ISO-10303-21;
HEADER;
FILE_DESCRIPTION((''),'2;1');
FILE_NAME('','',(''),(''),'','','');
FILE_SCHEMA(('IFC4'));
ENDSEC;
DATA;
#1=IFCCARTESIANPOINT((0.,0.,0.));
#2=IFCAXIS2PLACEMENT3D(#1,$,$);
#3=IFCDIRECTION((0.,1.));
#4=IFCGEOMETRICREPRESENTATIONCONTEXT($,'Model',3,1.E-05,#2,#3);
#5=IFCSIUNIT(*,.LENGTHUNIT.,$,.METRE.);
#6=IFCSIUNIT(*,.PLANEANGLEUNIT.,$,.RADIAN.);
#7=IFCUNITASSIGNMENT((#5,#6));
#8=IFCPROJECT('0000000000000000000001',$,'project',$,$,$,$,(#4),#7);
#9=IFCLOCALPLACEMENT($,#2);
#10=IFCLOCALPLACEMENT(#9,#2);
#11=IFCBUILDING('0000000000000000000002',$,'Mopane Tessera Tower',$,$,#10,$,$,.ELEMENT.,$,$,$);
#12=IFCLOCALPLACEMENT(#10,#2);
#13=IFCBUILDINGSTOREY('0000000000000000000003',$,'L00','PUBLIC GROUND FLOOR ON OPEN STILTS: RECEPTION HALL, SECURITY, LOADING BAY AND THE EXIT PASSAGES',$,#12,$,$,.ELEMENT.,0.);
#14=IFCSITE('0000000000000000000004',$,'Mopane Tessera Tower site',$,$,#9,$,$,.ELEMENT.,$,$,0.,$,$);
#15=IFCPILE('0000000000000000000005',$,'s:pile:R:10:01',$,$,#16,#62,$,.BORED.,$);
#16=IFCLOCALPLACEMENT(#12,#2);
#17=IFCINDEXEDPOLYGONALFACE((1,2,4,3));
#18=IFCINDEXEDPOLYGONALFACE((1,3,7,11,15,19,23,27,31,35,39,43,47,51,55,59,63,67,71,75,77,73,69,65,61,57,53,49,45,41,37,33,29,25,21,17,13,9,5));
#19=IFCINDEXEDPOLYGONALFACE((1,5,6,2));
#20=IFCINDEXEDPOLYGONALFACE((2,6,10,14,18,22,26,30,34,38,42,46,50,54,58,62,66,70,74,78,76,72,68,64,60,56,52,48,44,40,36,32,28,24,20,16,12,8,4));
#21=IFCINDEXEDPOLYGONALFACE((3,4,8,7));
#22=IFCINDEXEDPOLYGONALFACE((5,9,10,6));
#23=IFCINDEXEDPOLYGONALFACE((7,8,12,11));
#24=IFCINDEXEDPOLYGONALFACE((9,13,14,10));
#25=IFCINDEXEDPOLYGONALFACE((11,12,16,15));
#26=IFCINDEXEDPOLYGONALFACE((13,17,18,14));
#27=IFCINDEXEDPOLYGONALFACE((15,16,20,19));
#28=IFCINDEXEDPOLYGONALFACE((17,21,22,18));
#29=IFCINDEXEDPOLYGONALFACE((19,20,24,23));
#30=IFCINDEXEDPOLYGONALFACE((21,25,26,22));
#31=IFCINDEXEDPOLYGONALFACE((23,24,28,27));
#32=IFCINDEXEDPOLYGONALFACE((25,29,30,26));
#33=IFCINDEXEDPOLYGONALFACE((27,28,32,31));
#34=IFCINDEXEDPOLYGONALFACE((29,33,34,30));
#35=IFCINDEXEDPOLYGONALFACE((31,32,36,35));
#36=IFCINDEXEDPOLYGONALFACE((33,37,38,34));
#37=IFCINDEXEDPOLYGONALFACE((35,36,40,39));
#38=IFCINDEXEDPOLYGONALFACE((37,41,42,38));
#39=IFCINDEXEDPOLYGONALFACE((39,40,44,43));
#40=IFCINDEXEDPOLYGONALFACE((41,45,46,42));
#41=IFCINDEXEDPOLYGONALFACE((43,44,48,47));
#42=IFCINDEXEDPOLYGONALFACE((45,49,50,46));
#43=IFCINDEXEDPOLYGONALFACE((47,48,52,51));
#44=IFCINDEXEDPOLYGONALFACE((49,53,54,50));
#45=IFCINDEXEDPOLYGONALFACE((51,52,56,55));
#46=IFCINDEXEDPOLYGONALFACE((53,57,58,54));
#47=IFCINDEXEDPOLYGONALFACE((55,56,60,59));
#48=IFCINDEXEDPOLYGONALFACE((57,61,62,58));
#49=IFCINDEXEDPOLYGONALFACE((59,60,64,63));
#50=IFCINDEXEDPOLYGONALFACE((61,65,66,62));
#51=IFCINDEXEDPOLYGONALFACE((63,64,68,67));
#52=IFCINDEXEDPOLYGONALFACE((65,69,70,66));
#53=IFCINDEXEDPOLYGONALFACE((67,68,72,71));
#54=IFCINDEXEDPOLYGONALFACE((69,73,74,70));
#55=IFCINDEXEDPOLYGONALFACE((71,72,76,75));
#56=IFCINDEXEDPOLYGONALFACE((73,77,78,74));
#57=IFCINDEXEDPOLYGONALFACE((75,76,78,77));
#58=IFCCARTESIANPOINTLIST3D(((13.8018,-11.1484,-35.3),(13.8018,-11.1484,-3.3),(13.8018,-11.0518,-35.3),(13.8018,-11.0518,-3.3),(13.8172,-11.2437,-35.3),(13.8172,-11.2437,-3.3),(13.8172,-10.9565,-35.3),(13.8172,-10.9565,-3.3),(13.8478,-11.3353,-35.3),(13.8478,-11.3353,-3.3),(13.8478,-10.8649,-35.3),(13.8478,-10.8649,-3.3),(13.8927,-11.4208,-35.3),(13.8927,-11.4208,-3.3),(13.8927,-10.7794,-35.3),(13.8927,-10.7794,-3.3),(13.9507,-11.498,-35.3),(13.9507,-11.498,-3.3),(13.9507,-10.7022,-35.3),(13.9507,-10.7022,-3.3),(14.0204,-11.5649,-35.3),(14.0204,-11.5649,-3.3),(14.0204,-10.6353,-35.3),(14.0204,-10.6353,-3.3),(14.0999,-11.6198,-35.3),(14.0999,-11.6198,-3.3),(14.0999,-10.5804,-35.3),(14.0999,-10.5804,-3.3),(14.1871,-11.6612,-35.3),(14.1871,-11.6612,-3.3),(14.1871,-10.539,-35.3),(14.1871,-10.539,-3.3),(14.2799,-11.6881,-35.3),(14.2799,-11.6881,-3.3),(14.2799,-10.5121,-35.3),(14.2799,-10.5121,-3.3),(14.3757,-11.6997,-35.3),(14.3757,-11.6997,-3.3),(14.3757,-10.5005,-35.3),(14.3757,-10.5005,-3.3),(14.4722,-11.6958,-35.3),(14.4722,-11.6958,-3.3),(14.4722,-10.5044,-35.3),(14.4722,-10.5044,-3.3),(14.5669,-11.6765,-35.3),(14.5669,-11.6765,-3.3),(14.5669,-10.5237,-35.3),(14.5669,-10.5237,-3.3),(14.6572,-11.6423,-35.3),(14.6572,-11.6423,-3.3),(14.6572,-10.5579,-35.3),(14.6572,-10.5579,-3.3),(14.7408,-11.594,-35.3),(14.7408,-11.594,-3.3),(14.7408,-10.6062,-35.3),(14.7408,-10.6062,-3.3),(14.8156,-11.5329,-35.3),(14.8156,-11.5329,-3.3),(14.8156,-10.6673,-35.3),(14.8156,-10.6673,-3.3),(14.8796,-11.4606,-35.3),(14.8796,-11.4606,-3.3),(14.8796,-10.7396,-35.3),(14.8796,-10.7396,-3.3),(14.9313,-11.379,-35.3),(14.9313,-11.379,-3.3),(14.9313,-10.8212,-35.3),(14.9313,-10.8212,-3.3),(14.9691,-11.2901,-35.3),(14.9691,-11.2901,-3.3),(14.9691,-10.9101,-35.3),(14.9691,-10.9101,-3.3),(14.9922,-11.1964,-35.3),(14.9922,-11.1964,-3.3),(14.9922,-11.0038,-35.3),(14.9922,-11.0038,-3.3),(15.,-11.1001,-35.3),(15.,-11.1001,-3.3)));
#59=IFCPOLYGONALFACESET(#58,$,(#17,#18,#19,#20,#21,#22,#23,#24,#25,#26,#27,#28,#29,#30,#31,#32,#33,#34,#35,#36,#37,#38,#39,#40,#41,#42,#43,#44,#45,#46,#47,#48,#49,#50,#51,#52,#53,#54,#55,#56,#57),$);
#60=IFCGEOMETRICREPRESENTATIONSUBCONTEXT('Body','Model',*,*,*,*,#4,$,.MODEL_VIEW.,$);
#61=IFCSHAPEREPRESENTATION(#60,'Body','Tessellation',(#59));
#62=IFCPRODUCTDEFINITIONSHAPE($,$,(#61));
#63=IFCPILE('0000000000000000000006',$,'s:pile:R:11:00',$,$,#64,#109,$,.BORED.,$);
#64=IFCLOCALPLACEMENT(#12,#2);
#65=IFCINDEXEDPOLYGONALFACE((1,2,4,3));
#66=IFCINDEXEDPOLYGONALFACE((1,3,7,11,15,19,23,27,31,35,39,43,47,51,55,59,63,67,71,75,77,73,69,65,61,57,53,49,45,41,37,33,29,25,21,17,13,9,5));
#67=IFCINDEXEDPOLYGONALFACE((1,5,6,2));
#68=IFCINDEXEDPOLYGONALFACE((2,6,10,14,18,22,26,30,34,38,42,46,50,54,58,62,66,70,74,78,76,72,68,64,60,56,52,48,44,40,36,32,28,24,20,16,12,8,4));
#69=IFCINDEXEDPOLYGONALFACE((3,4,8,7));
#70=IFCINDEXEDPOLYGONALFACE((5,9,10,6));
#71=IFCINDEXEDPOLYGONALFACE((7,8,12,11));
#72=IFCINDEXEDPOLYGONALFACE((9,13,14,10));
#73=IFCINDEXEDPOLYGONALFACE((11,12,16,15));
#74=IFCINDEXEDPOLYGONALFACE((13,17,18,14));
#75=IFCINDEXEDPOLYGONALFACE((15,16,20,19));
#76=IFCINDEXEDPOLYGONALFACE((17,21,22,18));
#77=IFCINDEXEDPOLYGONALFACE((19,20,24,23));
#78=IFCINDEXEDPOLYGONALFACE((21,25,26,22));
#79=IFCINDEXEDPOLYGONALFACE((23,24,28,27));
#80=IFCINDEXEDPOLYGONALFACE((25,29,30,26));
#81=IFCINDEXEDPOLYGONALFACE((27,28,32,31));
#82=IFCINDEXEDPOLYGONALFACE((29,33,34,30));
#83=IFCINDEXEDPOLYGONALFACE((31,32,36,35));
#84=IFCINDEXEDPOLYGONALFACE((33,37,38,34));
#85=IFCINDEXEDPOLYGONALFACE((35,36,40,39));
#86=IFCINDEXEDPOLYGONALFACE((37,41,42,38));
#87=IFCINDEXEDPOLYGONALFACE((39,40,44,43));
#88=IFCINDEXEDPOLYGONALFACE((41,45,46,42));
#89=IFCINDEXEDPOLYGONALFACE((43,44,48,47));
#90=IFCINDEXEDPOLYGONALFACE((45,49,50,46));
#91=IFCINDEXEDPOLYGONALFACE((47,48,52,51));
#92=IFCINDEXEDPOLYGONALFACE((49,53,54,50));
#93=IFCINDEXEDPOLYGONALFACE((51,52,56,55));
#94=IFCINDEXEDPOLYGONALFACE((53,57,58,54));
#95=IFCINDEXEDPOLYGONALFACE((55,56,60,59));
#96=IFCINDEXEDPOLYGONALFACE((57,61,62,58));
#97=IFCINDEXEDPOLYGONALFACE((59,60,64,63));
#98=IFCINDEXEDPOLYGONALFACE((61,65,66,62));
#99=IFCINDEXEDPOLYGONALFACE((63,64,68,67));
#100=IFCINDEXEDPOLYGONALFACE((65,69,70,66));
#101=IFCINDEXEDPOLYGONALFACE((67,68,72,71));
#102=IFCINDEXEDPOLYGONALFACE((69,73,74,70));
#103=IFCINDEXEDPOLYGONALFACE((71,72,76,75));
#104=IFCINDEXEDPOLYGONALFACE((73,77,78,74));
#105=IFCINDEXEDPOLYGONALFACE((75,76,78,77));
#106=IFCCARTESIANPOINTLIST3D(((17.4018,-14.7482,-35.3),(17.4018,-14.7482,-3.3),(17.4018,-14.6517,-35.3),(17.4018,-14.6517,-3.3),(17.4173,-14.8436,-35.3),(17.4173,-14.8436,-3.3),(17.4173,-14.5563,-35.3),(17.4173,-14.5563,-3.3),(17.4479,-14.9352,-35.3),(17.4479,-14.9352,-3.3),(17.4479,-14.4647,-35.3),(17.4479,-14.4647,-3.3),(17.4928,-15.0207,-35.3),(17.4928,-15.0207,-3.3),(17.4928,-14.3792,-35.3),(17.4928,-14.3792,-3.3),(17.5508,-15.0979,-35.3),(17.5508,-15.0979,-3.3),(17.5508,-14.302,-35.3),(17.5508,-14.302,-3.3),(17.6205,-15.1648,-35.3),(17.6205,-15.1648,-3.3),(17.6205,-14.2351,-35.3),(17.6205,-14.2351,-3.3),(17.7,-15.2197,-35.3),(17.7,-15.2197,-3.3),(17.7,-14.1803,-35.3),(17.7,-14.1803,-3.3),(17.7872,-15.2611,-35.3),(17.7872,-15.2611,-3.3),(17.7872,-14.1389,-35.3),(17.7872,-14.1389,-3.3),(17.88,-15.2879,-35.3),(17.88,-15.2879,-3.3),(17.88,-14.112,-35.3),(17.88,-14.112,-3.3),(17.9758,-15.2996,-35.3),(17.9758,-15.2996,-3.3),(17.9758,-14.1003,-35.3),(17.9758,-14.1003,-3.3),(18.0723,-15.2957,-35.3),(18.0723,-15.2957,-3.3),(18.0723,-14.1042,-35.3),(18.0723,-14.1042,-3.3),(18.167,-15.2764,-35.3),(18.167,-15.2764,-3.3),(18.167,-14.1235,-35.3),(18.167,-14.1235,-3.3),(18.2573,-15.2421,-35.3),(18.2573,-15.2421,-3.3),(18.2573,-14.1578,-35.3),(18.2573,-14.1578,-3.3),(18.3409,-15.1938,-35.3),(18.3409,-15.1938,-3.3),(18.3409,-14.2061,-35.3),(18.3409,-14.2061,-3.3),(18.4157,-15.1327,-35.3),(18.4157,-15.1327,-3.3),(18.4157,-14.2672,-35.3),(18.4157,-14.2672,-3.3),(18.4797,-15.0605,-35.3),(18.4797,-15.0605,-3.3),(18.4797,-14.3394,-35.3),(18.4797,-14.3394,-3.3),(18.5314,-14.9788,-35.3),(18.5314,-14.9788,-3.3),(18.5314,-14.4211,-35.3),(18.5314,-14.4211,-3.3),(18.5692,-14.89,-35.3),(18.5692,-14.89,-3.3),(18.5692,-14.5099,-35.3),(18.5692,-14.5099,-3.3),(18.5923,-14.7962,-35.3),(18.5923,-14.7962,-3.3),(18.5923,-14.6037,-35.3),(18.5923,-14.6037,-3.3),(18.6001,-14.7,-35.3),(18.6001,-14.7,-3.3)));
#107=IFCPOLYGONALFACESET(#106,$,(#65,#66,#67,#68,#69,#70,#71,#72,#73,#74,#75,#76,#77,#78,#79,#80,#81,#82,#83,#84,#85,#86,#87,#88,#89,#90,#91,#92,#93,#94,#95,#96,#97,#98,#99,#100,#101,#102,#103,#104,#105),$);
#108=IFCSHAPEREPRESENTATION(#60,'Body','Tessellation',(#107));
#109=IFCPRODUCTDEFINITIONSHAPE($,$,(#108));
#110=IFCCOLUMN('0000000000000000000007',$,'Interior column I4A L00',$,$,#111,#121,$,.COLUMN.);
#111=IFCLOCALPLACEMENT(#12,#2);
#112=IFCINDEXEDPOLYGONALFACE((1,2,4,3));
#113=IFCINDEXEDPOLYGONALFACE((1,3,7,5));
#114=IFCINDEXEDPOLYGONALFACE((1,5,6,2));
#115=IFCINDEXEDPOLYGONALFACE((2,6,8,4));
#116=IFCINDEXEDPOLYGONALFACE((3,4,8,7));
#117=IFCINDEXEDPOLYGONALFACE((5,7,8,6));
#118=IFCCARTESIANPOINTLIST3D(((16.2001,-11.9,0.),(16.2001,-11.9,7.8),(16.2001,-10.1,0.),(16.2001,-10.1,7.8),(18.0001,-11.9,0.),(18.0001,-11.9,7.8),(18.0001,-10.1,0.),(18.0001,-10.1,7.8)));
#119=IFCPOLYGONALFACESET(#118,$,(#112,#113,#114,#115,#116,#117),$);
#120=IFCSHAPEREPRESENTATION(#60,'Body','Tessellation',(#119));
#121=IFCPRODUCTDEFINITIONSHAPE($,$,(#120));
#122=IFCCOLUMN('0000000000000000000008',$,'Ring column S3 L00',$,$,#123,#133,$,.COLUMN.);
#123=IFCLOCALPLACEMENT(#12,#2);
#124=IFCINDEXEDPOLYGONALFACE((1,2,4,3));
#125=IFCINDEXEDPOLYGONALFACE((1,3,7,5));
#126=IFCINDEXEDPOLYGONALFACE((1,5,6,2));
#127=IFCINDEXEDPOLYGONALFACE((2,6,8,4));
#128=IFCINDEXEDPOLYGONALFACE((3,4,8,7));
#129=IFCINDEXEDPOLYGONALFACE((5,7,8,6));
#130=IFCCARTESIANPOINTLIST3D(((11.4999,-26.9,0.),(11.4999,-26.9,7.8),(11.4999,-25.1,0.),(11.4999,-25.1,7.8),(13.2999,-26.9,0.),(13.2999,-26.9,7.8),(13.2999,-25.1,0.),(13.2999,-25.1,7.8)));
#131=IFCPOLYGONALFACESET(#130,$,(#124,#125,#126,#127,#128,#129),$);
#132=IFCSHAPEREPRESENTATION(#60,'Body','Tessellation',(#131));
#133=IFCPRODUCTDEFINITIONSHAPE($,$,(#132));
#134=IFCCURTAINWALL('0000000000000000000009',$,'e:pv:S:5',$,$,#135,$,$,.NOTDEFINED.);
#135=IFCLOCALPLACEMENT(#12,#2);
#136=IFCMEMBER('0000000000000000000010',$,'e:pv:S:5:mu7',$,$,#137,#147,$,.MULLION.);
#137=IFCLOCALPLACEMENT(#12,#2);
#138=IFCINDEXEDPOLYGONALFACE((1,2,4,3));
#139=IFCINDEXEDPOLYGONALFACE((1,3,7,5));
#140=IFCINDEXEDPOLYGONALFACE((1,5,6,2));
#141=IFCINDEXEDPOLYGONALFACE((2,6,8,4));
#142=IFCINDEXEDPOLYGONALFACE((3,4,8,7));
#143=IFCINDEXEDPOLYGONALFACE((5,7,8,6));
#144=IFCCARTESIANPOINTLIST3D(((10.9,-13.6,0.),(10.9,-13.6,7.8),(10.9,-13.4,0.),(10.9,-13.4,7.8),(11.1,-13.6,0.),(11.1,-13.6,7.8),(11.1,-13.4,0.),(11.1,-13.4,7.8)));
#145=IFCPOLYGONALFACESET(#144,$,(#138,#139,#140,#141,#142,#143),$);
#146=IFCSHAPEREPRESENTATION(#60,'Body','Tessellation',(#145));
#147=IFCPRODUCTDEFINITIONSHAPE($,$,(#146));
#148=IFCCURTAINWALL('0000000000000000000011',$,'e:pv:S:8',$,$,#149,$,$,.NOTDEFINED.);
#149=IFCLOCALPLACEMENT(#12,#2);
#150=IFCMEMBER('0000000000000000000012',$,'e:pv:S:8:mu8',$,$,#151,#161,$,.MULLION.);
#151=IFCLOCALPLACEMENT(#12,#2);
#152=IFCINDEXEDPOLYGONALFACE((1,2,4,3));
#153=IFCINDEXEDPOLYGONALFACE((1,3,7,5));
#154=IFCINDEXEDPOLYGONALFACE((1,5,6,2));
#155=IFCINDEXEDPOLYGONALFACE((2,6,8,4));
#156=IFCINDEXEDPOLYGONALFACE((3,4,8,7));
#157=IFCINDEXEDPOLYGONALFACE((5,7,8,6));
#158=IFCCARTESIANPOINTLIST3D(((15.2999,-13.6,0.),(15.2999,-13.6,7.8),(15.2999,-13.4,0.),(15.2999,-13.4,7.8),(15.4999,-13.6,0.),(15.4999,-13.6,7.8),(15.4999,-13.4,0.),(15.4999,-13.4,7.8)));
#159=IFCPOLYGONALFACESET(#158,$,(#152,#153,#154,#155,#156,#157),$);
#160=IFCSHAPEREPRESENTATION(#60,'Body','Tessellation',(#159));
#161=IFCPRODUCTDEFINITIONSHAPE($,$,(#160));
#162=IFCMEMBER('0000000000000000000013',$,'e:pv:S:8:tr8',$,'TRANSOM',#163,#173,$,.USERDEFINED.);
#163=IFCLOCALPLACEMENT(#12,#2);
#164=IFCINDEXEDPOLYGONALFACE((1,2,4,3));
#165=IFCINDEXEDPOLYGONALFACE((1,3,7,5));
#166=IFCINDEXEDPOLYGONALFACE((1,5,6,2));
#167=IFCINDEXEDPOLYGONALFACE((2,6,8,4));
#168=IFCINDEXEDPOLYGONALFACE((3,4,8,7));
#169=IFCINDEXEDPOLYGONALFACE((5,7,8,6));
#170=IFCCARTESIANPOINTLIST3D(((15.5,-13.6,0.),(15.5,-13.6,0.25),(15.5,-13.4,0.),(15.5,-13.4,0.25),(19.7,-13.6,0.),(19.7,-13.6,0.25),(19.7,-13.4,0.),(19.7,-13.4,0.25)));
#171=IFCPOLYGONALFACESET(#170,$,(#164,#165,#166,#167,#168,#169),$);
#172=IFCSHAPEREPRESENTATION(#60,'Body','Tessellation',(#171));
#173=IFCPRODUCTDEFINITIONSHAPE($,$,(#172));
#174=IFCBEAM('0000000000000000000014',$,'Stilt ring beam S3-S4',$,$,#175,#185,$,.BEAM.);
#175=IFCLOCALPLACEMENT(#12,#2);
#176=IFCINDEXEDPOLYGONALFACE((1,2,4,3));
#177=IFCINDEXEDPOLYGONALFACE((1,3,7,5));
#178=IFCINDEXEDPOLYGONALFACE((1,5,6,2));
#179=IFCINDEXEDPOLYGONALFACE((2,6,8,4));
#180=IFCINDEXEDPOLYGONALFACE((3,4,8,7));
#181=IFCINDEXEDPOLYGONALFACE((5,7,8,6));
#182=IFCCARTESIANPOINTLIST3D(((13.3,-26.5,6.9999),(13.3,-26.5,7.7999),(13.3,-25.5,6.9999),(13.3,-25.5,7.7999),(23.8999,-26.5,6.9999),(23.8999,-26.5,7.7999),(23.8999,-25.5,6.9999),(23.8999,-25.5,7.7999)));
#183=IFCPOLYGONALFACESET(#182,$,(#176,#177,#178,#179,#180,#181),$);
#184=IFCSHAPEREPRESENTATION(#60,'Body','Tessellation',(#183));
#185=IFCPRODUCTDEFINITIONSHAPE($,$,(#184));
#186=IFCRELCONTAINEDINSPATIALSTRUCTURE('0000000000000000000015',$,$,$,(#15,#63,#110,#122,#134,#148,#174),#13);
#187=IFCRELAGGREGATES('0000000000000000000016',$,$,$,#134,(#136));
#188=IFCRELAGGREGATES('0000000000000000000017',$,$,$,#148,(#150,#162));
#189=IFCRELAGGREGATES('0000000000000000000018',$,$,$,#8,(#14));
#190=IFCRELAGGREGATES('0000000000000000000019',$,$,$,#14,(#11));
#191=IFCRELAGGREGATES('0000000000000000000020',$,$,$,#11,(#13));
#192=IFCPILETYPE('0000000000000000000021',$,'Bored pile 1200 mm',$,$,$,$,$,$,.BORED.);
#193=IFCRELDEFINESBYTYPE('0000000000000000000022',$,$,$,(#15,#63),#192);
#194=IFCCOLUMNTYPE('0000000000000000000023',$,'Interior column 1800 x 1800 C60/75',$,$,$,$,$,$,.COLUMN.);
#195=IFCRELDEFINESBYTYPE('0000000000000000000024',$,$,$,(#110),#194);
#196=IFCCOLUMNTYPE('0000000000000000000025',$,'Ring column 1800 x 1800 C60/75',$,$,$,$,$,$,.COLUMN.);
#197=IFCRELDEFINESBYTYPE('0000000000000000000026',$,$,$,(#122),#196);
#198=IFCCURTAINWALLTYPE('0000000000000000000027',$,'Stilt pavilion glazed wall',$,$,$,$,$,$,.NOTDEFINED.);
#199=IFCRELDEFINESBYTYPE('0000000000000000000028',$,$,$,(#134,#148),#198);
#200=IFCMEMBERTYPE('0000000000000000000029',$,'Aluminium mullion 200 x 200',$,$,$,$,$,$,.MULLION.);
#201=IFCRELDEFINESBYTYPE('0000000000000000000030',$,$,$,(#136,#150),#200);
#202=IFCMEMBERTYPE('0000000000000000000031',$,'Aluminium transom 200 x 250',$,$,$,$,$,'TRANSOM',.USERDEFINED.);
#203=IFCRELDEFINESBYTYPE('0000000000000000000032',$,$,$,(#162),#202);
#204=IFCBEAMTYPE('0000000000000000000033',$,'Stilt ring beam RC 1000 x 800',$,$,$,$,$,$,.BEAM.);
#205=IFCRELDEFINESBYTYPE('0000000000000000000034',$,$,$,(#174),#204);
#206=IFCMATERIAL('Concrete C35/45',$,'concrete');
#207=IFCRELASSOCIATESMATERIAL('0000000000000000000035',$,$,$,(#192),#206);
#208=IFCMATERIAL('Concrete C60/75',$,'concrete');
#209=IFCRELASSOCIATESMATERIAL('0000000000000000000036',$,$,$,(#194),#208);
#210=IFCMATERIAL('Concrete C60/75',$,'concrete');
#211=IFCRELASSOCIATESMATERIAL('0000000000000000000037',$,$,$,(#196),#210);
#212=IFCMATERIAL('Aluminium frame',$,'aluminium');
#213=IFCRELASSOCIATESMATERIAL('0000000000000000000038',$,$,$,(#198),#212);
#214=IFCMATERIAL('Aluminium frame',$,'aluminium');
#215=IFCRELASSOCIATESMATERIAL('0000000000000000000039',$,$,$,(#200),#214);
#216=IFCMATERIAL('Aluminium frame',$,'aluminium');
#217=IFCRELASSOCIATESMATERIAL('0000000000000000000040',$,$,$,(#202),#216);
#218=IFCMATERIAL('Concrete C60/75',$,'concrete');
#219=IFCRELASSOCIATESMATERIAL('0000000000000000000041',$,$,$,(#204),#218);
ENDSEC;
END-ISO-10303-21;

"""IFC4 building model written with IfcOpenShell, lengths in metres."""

from ifc_helpers import new_model, si_unit, direction, frame, origin, origin_2d, place, context, subcontext, project, spatial, rectangle, circle, extrude, material, material_profile, profile_set, type_object, element, aggregate, save


model = new_model("IFC4")

# Units and contexts
model_context = context("Model", 3, precision=1e-05, world=origin(), true_north=direction((0.0, 1.0)))
body_context = subcontext(model_context, "Body", "Model", "MODEL_VIEW")
ifc_project = project(units=[si_unit("LENGTHUNIT", "METRE"), si_unit("PLANEANGLEUNIT", "RADIAN")], contexts=[model_context])

# Site, building, storey
site_placement = place(None, origin())
site = spatial("IfcSite", under=ifc_project, at=site_placement, Name="Mopane Tessera Tower site", CompositionType="ELEMENT", RefElevation=0.0)
building_placement = place(site_placement, origin())
building = spatial("IfcBuilding", under=site, at=building_placement, Name="Mopane Tessera Tower", CompositionType="ELEMENT")
storey_placement = place(building_placement, origin())
storey = spatial("IfcBuildingStorey", under=building, at=storey_placement, Name="L00", Description="PUBLIC GROUND FLOOR ON OPEN STILTS: RECEPTION HALL, SECURITY, LOADING BAY AND THE EXIT PASSAGES", CompositionType="ELEMENT", Elevation=0.0)

# Piles
ifc_material_1 = material(Name="Concrete C35/45", Category="concrete")
ifc_material_profile_1 = material_profile(ifc_material_1, circle(Radius=0.6001, at=origin_2d()))
ifc_profile_set_1 = profile_set([ifc_material_profile_1], Name="Concrete C35/45")
pile_type_1 = type_object("IfcPileType", Name="Bored pile 1200 mm", PredefinedType="BORED", material=ifc_profile_set_1)
for number, where, z_axis, x_axis, name in (
    (1, (14.3999, -11.1001, -3.3), (0.0, 0.0, -1.0), (1.0, 0.0, 0.0), "s:pile:R:10:01"),
    (2, (18.0, -14.7, -3.3), (0.0, 0.0, -1.0), (1.0, 0.0, 0.0), "s:pile:R:11:00"),
):
    element("IfcPile", number, at=place(storey_placement, frame(where, z_axis=z_axis, x_axis=x_axis)), inside=storey, type_object=pile_type_1, Name=name, PredefinedType="BORED", context=body_context, shape_type="SweptSolid", body=[
        extrude(circle(Radius=0.6001, at=origin_2d()), origin(), (0.0, 0.0, 1.0), 32.0),
    ])

# Columns
ifc_material_2 = material(Name="Concrete C60/75", Category="concrete")
ifc_material_profile_2 = material_profile(ifc_material_2, rectangle(XDim=1.8, YDim=1.8, at=origin_2d()))
ifc_profile_set_2 = profile_set([ifc_material_profile_2], Name="Concrete C60/75")
column_type_1 = type_object("IfcColumnType", Name="Interior column 1800 x 1800 C60/75", PredefinedType="COLUMN", material=ifc_profile_set_2)
column_1_placement = place(storey_placement, frame((17.1001, -11.0, 0.0), z_axis=(0.0, 0.0, 1.0), x_axis=(1.0, 0.0, 0.0)))
element("IfcColumn", 3, at=column_1_placement, inside=storey, type_object=column_type_1, Name="Interior column I4A L00", PredefinedType="COLUMN", context=body_context, shape_type="SweptSolid", body=[
    extrude(rectangle(XDim=1.8, YDim=1.8, at=origin_2d()), origin(), (0.0, 0.0, 1.0), 7.8),
])
ifc_material_3 = material(Name="Concrete C60/75", Category="concrete")
ifc_material_profile_3 = material_profile(ifc_material_3, rectangle(XDim=1.8, YDim=1.8, at=origin_2d()))
ifc_profile_set_3 = profile_set([ifc_material_profile_3], Name="Concrete C60/75")
column_type_2 = type_object("IfcColumnType", Name="Ring column 1800 x 1800 C60/75", PredefinedType="COLUMN", material=ifc_profile_set_3)
column_2_placement = place(storey_placement, frame((12.3999, -26.0, 0.0), z_axis=(0.0, 0.0, 1.0), x_axis=(1.0, 0.0, 0.0)))
element("IfcColumn", 4, at=column_2_placement, inside=storey, type_object=column_type_2, Name="Ring column S3 L00", PredefinedType="COLUMN", context=body_context, shape_type="SweptSolid", body=[
    extrude(rectangle(XDim=1.8, YDim=1.8, at=origin_2d()), origin(), (0.0, 0.0, 1.0), 7.8),
])

# Curtain wall, member
ifc_material_4 = material(Name="Aluminium frame", Category="aluminium")
curtain_wall_type = type_object("IfcCurtainWallType", Name="Stilt pavilion glazed wall", PredefinedType="NOTDEFINED", material=ifc_material_4)
curtain_wall_1_placement = place(storey_placement, origin())
curtain_wall_1 = element("IfcCurtainWall", 5, at=curtain_wall_1_placement, inside=storey, type_object=curtain_wall_type, Name="e:pv:S:5", PredefinedType="NOTDEFINED")
ifc_material_5 = material(Name="Aluminium frame", Category="aluminium")
ifc_material_profile_4 = material_profile(ifc_material_5, rectangle(XDim=0.2, YDim=0.2, at=origin_2d()))
ifc_profile_set_4 = profile_set([ifc_material_profile_4], Name="Aluminium frame")
member_type_1 = type_object("IfcMemberType", Name="Aluminium mullion 200 x 200", PredefinedType="MULLION", material=ifc_profile_set_4)
member_1_placement = place(storey_placement, frame((11.0, -13.5, 0.0), z_axis=(0.0, 0.0, 1.0), x_axis=(1.0, 0.0, 0.0)))
member_1 = element("IfcMember", 6, at=member_1_placement, type_object=member_type_1, Name="e:pv:S:5:mu7", PredefinedType="MULLION", context=body_context, shape_type="SweptSolid", body=[
    extrude(rectangle(XDim=0.2, YDim=0.2, at=origin_2d()), origin(), (0.0, 0.0, 1.0), 7.8),
])

# Curtain wall, members
curtain_wall_2_placement = place(storey_placement, origin())
curtain_wall_2 = element("IfcCurtainWall", 7, at=curtain_wall_2_placement, inside=storey, type_object=curtain_wall_type, Name="e:pv:S:8", PredefinedType="NOTDEFINED")
member_2_placement = place(storey_placement, frame((15.3999, -13.5, 0.0), z_axis=(0.0, 0.0, 1.0), x_axis=(1.0, 0.0, 0.0)))
member_2 = element("IfcMember", 8, at=member_2_placement, type_object=member_type_1, Name="e:pv:S:8:mu8", PredefinedType="MULLION", context=body_context, shape_type="SweptSolid", body=[
    extrude(rectangle(XDim=0.2, YDim=0.2, at=origin_2d()), origin(), (0.0, 0.0, 1.0), 7.8),
])
ifc_material_6 = material(Name="Aluminium frame", Category="aluminium")
ifc_material_profile_5 = material_profile(ifc_material_6, rectangle(XDim=0.2, YDim=0.25, at=origin_2d()))
ifc_profile_set_5 = profile_set([ifc_material_profile_5], Name="Aluminium frame")
member_type_2 = type_object("IfcMemberType", Name="Aluminium transom 200 x 250", ElementType="TRANSOM", PredefinedType="USERDEFINED", material=ifc_profile_set_5)
member_3_placement = place(storey_placement, frame((15.5, -13.5, 0.125), z_axis=(1.0, 0.0, 0.0), x_axis=(0.0, 1.0, 0.0)))
member_3 = element("IfcMember", 9, at=member_3_placement, type_object=member_type_2, Name="e:pv:S:8:tr8", ObjectType="TRANSOM", PredefinedType="USERDEFINED", context=body_context, shape_type="SweptSolid", body=[
    extrude(rectangle(XDim=0.2, YDim=0.25, at=origin_2d()), origin(), (0.0, 0.0, 1.0), 4.2),
])

# Beam
ifc_material_7 = material(Name="Concrete C60/75", Category="concrete")
ifc_material_profile_6 = material_profile(ifc_material_7, rectangle(XDim=1.0, YDim=0.8, at=origin_2d()))
ifc_profile_set_6 = profile_set([ifc_material_profile_6], Name="Concrete C60/75")
beam_type_1 = type_object("IfcBeamType", Name="Stilt ring beam RC 1000 x 800", PredefinedType="BEAM", material=ifc_profile_set_6)
beam_1_placement = place(storey_placement, frame((13.3, -26.0, 7.3999), z_axis=(1.0, 0.0, 0.0), x_axis=(0.0, 1.0, 0.0)))
element("IfcBeam", 10, at=beam_1_placement, inside=storey, type_object=beam_type_1, Name="Stilt ring beam S3-S4", PredefinedType="BEAM", context=body_context, shape_type="SweptSolid", body=[
    extrude(rectangle(XDim=1.0, YDim=0.8, at=origin_2d()), origin(), (0.0, 0.0, 1.0), 10.5999),
])

aggregate(curtain_wall_1, [member_1])
aggregate(curtain_wall_2, [member_2, member_3])

save(model, "model.ifc")
